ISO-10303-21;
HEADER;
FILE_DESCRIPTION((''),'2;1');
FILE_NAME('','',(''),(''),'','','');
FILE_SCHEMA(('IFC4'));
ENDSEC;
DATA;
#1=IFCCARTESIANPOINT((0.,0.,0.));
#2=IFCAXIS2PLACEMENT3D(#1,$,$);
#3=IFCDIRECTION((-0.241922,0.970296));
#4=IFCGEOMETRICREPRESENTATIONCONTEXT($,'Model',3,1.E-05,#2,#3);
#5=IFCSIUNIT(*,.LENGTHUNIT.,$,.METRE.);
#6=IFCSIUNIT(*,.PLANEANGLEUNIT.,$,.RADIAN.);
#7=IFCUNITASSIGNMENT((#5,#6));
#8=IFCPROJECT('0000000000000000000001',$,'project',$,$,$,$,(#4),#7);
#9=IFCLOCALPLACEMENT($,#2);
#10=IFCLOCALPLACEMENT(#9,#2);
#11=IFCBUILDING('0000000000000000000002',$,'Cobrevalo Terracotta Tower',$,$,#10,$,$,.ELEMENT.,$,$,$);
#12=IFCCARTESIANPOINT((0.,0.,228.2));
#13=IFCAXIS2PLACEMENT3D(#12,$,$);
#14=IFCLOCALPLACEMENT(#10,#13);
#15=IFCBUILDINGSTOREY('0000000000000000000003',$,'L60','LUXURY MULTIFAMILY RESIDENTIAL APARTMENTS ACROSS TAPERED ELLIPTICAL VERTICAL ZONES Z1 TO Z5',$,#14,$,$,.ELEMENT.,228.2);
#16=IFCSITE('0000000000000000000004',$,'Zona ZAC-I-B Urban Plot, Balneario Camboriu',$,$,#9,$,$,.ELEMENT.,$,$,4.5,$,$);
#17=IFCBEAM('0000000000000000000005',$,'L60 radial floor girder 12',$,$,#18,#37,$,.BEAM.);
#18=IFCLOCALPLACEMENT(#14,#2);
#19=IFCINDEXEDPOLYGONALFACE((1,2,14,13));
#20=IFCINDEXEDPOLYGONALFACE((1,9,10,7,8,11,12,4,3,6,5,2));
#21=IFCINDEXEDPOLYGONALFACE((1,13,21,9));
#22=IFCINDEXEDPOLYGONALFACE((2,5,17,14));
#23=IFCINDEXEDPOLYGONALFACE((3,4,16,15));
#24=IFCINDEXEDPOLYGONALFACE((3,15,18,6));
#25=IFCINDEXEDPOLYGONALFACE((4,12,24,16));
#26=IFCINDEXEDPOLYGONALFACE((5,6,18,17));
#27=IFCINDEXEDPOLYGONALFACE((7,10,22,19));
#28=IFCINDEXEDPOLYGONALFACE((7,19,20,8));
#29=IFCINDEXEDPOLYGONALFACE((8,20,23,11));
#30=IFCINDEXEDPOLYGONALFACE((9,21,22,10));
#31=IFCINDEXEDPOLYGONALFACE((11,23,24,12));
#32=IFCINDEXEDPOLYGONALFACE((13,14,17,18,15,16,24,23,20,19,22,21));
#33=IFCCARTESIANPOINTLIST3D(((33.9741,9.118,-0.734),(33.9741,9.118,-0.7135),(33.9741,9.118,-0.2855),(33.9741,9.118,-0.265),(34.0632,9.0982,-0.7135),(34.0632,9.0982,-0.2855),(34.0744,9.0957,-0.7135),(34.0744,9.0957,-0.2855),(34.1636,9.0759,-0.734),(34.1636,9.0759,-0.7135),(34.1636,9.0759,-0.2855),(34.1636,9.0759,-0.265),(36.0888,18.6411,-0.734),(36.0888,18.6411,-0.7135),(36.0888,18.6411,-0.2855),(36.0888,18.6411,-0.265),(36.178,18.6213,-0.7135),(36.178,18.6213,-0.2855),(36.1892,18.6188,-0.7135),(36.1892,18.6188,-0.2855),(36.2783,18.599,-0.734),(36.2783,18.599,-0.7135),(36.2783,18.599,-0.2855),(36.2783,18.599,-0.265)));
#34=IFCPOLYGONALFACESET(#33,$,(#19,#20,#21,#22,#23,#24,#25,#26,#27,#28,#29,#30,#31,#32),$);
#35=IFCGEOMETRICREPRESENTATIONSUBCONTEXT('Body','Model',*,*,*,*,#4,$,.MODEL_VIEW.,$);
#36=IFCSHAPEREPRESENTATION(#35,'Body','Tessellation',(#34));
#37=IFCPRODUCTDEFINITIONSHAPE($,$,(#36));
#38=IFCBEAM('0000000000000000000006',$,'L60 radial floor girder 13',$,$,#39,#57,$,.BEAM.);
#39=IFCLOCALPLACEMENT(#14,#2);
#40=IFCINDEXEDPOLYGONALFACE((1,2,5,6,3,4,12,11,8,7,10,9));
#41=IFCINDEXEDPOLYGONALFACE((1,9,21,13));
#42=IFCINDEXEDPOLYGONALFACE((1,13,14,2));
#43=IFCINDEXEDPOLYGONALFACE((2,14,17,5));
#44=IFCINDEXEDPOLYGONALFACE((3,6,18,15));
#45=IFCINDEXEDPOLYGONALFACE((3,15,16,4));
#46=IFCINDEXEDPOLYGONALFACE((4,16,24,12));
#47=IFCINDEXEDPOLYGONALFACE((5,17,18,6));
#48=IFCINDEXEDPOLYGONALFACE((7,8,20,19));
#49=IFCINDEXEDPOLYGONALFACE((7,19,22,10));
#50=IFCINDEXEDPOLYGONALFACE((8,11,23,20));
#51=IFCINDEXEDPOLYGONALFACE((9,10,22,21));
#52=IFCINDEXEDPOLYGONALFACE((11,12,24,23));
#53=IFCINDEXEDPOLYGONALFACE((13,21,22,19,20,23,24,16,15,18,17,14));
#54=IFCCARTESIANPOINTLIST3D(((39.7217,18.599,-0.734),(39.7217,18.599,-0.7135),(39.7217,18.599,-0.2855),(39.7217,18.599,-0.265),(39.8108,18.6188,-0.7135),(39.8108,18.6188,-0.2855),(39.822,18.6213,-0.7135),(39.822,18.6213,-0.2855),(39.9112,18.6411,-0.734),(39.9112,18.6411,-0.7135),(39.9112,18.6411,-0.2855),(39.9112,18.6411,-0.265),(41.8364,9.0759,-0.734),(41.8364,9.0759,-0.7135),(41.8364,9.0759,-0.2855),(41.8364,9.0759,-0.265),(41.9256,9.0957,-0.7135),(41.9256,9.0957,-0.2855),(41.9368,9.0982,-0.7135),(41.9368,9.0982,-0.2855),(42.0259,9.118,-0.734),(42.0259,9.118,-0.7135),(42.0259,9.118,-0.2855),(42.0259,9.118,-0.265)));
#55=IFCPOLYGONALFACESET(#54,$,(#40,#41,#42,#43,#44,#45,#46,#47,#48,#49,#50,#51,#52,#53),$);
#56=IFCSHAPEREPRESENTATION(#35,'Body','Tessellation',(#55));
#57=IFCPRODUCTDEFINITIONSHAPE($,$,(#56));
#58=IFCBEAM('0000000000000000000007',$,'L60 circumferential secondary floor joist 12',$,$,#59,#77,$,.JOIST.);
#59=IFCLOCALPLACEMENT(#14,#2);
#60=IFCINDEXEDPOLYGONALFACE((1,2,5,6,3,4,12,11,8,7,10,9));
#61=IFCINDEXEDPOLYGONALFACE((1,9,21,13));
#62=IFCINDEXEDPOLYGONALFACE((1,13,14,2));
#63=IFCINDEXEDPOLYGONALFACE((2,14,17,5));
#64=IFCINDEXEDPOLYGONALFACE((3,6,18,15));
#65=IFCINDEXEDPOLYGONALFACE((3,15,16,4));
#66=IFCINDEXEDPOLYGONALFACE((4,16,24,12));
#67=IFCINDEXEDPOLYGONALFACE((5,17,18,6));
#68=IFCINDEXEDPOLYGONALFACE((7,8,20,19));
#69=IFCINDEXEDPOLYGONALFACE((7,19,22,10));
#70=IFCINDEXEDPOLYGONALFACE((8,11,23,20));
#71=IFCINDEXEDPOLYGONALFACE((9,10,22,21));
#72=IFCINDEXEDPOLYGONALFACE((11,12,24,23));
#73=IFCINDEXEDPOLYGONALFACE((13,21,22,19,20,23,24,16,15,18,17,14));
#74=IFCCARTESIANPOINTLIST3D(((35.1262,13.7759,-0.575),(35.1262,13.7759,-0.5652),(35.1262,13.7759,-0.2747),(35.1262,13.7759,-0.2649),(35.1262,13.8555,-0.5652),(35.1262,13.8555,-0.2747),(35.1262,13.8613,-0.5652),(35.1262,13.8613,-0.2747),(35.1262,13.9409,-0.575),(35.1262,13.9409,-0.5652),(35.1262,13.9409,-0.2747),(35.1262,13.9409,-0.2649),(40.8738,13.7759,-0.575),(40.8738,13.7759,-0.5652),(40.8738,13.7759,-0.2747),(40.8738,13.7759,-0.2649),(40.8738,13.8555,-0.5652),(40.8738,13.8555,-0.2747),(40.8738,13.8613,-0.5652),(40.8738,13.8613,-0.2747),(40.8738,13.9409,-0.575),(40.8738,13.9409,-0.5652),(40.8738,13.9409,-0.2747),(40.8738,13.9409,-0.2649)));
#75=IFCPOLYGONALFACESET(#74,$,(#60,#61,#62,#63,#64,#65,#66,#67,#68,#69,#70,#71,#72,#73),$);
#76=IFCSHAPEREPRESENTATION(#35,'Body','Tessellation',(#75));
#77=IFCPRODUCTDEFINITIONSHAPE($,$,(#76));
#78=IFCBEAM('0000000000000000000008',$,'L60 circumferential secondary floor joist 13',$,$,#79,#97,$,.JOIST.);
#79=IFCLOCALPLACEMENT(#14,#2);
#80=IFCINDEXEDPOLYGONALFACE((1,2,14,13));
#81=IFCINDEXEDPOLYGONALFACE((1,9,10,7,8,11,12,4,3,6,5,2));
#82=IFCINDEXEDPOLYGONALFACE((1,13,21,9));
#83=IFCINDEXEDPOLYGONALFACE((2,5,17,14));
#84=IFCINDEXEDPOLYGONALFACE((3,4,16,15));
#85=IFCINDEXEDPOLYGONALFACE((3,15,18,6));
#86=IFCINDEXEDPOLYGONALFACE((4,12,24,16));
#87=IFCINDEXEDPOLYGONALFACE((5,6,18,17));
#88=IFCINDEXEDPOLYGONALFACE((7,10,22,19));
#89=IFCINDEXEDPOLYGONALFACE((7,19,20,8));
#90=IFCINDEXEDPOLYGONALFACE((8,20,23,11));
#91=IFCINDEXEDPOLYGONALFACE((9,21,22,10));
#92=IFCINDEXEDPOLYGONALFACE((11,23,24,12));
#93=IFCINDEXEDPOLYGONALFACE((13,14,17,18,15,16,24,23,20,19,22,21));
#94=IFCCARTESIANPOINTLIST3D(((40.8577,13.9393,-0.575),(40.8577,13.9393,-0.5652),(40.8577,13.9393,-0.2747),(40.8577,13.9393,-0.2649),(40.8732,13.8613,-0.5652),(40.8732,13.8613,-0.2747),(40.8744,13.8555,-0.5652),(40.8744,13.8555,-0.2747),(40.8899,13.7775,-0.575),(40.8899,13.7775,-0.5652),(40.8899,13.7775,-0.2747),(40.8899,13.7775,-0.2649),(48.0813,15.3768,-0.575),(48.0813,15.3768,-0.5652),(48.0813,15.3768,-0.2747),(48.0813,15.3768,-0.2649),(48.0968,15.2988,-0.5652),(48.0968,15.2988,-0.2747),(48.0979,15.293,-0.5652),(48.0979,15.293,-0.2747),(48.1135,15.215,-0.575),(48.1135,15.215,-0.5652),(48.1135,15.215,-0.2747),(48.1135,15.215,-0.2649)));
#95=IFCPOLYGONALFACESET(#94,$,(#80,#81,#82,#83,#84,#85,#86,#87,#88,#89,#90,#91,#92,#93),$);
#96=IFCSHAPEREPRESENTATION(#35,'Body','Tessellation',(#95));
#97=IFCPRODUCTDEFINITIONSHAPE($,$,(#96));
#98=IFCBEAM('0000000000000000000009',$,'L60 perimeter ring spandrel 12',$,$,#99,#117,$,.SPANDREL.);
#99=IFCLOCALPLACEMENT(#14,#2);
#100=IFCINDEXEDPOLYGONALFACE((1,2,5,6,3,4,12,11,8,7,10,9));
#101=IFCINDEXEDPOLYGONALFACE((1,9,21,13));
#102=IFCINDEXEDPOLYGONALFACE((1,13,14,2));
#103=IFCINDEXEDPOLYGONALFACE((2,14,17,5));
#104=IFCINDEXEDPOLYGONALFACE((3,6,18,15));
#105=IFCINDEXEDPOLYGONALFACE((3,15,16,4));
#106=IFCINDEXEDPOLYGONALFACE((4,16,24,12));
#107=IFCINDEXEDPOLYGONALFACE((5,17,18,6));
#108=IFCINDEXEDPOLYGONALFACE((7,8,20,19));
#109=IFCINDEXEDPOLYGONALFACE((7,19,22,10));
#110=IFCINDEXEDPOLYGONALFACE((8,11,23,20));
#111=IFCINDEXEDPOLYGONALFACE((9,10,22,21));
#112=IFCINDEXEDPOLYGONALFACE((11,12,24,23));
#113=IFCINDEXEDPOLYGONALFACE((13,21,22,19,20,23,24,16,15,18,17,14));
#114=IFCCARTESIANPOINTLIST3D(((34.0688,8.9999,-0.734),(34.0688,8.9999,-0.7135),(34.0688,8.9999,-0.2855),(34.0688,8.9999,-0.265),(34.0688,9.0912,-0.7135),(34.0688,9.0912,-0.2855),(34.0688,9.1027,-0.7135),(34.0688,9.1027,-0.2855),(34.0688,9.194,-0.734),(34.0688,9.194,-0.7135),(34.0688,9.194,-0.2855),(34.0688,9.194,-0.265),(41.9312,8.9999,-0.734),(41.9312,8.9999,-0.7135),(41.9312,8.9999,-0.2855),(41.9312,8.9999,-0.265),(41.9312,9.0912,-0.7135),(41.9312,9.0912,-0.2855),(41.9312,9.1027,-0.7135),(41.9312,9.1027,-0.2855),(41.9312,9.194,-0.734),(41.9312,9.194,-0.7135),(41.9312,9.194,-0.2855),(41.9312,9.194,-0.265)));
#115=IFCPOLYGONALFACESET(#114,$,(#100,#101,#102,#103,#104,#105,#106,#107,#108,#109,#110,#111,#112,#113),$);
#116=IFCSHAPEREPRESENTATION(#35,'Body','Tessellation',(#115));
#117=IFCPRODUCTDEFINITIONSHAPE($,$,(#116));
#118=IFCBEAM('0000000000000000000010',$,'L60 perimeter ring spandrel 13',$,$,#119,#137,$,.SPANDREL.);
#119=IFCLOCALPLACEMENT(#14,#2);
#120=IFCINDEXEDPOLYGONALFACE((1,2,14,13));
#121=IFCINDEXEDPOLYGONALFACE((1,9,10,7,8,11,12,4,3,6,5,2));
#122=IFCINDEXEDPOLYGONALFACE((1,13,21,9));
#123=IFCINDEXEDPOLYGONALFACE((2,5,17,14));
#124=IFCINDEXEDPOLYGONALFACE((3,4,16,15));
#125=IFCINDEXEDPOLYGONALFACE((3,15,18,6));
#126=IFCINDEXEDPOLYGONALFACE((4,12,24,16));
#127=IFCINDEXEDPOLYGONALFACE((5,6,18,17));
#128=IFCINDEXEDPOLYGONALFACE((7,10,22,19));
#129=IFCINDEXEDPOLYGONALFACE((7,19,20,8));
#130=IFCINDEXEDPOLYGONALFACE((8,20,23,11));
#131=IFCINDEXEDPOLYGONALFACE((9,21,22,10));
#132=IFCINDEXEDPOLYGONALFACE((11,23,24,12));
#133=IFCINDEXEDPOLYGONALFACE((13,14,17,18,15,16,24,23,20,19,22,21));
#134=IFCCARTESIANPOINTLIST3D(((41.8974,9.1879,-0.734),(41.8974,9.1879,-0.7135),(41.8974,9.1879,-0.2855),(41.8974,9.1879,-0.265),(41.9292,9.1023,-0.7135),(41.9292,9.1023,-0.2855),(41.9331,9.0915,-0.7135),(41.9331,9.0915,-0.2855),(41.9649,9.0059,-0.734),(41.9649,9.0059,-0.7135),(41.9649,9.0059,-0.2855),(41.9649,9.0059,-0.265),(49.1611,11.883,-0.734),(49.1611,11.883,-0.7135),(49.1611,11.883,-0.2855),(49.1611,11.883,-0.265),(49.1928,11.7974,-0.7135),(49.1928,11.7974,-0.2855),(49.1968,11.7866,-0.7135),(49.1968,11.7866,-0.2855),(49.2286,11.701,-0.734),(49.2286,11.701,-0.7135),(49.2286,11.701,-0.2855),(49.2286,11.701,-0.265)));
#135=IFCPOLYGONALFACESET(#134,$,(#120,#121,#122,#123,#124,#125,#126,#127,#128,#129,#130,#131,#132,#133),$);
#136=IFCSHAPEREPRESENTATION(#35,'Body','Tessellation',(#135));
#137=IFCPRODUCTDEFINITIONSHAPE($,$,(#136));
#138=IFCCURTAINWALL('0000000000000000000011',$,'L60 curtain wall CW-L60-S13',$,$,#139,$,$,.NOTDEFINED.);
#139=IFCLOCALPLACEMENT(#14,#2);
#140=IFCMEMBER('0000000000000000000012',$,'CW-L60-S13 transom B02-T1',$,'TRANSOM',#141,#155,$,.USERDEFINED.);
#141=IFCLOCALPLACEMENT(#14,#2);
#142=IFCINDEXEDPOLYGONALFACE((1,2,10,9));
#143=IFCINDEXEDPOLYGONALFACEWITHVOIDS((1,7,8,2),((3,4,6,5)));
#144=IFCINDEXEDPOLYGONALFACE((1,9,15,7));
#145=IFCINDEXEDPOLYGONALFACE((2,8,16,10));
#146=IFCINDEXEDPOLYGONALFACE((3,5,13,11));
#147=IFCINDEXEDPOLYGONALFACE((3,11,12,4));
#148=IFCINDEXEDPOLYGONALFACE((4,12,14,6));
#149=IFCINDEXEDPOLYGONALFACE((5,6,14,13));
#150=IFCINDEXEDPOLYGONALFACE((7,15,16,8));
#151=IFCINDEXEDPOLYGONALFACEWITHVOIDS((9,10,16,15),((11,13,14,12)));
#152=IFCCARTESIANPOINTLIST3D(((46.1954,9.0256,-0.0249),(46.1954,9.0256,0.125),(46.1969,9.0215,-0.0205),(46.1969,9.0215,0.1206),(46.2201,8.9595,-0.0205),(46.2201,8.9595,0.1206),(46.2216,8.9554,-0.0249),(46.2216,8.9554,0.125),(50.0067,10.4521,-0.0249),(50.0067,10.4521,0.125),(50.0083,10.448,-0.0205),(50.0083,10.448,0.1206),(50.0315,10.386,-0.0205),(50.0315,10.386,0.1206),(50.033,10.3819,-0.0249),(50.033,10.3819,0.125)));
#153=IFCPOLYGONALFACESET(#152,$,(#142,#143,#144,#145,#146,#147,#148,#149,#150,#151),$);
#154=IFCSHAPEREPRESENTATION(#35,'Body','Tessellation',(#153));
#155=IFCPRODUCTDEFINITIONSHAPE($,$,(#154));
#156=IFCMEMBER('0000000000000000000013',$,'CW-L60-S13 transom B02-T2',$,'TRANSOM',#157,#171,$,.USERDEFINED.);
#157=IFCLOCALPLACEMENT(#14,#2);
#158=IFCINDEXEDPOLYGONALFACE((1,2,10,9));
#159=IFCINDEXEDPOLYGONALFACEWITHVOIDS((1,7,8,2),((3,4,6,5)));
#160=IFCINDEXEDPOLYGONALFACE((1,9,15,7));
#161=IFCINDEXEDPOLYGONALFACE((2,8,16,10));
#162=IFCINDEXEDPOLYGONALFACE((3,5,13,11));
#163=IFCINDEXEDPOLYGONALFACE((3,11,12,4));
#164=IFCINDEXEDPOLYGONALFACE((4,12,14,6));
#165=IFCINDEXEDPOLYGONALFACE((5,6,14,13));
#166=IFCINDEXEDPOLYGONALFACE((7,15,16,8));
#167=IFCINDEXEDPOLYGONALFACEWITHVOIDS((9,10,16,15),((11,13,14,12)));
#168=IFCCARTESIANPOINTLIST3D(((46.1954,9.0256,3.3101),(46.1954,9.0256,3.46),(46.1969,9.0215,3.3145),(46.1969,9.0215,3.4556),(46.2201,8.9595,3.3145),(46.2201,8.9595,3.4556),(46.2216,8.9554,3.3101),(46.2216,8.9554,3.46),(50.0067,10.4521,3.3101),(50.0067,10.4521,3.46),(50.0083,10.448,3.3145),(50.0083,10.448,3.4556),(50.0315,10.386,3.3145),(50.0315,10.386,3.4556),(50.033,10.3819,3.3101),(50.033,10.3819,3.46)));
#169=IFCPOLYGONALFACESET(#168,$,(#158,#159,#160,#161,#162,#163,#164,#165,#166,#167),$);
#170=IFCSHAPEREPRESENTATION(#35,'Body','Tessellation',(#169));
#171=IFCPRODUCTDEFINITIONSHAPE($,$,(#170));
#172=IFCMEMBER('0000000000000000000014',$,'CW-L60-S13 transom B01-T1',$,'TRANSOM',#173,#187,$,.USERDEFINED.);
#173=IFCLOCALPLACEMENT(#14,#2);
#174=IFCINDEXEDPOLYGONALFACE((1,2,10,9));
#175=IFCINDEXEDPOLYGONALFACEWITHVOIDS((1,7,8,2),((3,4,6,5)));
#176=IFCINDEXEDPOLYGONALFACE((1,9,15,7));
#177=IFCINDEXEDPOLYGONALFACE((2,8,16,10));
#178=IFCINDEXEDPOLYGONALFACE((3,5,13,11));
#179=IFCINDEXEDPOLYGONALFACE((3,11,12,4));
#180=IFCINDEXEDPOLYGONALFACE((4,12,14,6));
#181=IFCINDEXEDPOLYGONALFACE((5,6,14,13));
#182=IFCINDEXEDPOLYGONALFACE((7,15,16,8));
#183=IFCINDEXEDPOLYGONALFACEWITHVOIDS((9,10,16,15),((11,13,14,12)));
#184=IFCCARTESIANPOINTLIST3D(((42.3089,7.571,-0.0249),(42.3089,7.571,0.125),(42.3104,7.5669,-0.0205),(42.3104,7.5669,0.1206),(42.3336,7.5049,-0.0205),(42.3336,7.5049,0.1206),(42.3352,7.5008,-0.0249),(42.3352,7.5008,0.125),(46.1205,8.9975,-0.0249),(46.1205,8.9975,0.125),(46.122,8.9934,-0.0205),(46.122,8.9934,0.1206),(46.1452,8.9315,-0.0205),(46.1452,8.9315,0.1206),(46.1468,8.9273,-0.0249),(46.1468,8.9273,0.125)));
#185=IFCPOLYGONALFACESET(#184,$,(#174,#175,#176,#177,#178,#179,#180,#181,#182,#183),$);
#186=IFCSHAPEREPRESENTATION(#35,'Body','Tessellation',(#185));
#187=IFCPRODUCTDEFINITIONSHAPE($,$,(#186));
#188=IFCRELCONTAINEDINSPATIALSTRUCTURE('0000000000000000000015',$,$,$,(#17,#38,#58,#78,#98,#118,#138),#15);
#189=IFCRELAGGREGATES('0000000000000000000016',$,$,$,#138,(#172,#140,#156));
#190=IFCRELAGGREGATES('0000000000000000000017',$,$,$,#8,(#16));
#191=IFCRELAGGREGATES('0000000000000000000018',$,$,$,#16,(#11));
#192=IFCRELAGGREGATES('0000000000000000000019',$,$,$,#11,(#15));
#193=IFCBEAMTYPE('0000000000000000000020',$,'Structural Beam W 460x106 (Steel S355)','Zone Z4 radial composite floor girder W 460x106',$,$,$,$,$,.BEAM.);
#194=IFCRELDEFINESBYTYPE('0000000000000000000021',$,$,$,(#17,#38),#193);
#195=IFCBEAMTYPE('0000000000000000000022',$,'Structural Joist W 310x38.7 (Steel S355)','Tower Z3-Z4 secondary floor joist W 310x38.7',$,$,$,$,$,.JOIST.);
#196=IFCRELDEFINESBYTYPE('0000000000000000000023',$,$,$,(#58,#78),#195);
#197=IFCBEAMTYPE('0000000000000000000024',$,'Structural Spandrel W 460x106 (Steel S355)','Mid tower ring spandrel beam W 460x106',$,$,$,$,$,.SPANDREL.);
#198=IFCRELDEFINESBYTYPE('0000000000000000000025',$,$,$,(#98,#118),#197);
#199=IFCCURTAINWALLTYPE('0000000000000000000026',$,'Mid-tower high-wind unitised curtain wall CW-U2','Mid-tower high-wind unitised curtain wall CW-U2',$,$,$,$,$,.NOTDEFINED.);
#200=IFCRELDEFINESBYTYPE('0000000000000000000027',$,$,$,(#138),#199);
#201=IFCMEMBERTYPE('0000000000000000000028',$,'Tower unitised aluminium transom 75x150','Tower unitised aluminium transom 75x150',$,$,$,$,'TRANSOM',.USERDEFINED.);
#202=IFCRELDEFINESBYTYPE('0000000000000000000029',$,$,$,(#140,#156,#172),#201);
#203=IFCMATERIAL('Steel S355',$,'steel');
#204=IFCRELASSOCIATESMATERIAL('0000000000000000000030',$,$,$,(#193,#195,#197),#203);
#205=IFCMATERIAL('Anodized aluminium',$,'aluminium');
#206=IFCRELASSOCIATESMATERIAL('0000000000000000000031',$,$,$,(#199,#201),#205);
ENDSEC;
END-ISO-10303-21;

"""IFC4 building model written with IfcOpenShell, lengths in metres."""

from ifc_helpers import new_model, si_unit, direction, frame, origin, origin_2d, place, context, subcontext, project, spatial, hollow_rectangle, i_section, extrude, source, transform, mapped, material, material_profile, profile_set, type_object, element, aggregate, save


model = new_model("IFC4")

# Units and contexts
model_context = context("Model", 3, precision=1e-05, world=origin(), true_north=direction((-0.241922, 0.970296)))
body_context = subcontext(model_context, "Body", "Model", "MODEL_VIEW")
ifc_project = project(units=[si_unit("LENGTHUNIT", "METRE"), si_unit("PLANEANGLEUNIT", "RADIAN")], contexts=[model_context])

# Site, building, storey
site_placement = place(None, origin())
site = spatial("IfcSite", under=ifc_project, at=site_placement, Name="Zona ZAC-I-B Urban Plot, Balneario Camboriu", CompositionType="ELEMENT", RefElevation=4.5)
building_placement = place(site_placement, origin())
building = spatial("IfcBuilding", under=site, at=building_placement, Name="Cobrevalo Terracotta Tower", CompositionType="ELEMENT")
storey_placement = place(building_placement, frame((0.0, 0.0, 228.2)))
storey = spatial("IfcBuildingStorey", under=building, at=storey_placement, Name="L60", Description="LUXURY MULTIFAMILY RESIDENTIAL APARTMENTS ACROSS TAPERED ELLIPTICAL VERTICAL ZONES Z1 TO Z5", CompositionType="ELEMENT", Elevation=228.2)

# Shared definitions
ifc_material_1 = material(Name="Steel S355", Category="steel")

# Beams
ifc_material_profile_1 = material_profile(ifc_material_1, i_section(OverallWidth=0.1941, OverallDepth=0.469, WebThickness=0.0115, FlangeThickness=0.0205, at=origin_2d()), Name="W 460x106")
ifc_profile_set_1 = profile_set([ifc_material_profile_1], Name="Steel S355")
beam_type_1 = type_object("IfcBeamType", Name="Structural Beam W 460x106 (Steel S355)", Description="Zone Z4 radial composite floor girder W 460x106", PredefinedType="BEAM", material=ifc_profile_set_1)
for number, where, z_axis, x_axis, name in (
    (1, (34.0688, 9.0969, -0.4995), (0.216782, 0.97622, 0.0), (-0.97622, 0.216782, 0.0), "L60 radial floor girder 12"),
    (2, (41.9312, 9.0969, -0.4995), (-0.216782, 0.97622, 0.0), (-0.97622, -0.216782, 0.0), "L60 radial floor girder 13"),
):
    element("IfcBeam", number, at=place(storey_placement, frame(where, z_axis=z_axis, x_axis=x_axis)), inside=storey, type_object=beam_type_1, Name=name, PredefinedType="BEAM", context=body_context, shape_type="SweptSolid", body=[
        extrude(i_section(OverallWidth=0.1941, OverallDepth=0.469, WebThickness=0.0115, FlangeThickness=0.0205, at=origin_2d()), origin(), (0.0, 0.0, 1.0), 9.7551),
    ])
ifc_material_profile_2 = material_profile(ifc_material_1, i_section(OverallWidth=0.165, OverallDepth=0.3101, WebThickness=0.0059, FlangeThickness=0.0098, at=origin_2d()), Name="W 310x38.7")
ifc_profile_set_2 = profile_set([ifc_material_profile_2], Name="Steel S355")
beam_type_2 = type_object("IfcBeamType", Name="Structural Joist W 310x38.7 (Steel S355)", Description="Tower Z3-Z4 secondary floor joist W 310x38.7", PredefinedType="JOIST", material=ifc_profile_set_2)
beam_1_placement = place(storey_placement, frame((35.1262, 13.8584, -0.4199), z_axis=(1.0, 0.0, 0.0), x_axis=(0.0, 1.0, 0.0)))
element("IfcBeam", 3, at=beam_1_placement, inside=storey, type_object=beam_type_2, Name="L60 circumferential secondary floor joist 12", PredefinedType="JOIST", context=body_context, shape_type="SweptSolid", body=[
    extrude(i_section(OverallWidth=0.165, OverallDepth=0.3101, WebThickness=0.0059, FlangeThickness=0.0098, at=origin_2d()), origin(), (0.0, 0.0, 1.0), 5.7476),
])
beam_2_placement = place(storey_placement, frame((40.8738, 13.8584, -0.4199), z_axis=(0.980769, 0.195173, 0.0), x_axis=(-0.195173, 0.980769, 0.0)))
element("IfcBeam", 4, at=beam_2_placement, inside=storey, type_object=beam_type_2, Name="L60 circumferential secondary floor joist 13", PredefinedType="JOIST", context=body_context, shape_type="SweptSolid", body=[
    extrude(i_section(OverallWidth=0.165, OverallDepth=0.3101, WebThickness=0.0059, FlangeThickness=0.0098, at=origin_2d()), origin(), (0.0, 0.0, 1.0), 7.3652),
])
ifc_material_profile_3 = material_profile(ifc_material_1, i_section(OverallWidth=0.1941, OverallDepth=0.469, WebThickness=0.0115, FlangeThickness=0.0205, at=origin_2d()), Name="W 460x106")
ifc_profile_set_3 = profile_set([ifc_material_profile_3], Name="Steel S355")
beam_type_3 = type_object("IfcBeamType", Name="Structural Spandrel W 460x106 (Steel S355)", Description="Mid tower ring spandrel beam W 460x106", PredefinedType="SPANDREL", material=ifc_profile_set_3)
beam_3_placement = place(storey_placement, frame((34.0688, 9.0969, -0.4995), z_axis=(1.0, 0.0, 0.0), x_axis=(0.0, 1.0, 0.0)))
element("IfcBeam", 5, at=beam_3_placement, inside=storey, type_object=beam_type_3, Name="L60 perimeter ring spandrel 12", PredefinedType="SPANDREL", context=body_context, shape_type="SweptSolid", body=[
    extrude(i_section(OverallWidth=0.1941, OverallDepth=0.469, WebThickness=0.0115, FlangeThickness=0.0205, at=origin_2d()), origin(), (0.0, 0.0, 1.0), 7.8623),
])
beam_4_placement = place(storey_placement, frame((41.9312, 9.0969, -0.4995), z_axis=(0.937546, 0.347861, 0.0), x_axis=(-0.347861, 0.937546, 0.0)))
element("IfcBeam", 6, at=beam_4_placement, inside=storey, type_object=beam_type_3, Name="L60 perimeter ring spandrel 13", PredefinedType="SPANDREL", context=body_context, shape_type="SweptSolid", body=[
    extrude(i_section(OverallWidth=0.1941, OverallDepth=0.469, WebThickness=0.0115, FlangeThickness=0.0205, at=origin_2d()), origin(), (0.0, 0.0, 1.0), 7.7476),
])

# Curtain wall, members
ifc_material_2 = material(Name="Anodized aluminium", Category="aluminium")
curtain_wall_type = type_object("IfcCurtainWallType", Name="Mid-tower high-wind unitised curtain wall CW-U2", Description="Mid-tower high-wind unitised curtain wall CW-U2", PredefinedType="NOTDEFINED", material=ifc_material_2)
curtain_wall_placement = place(storey_placement, origin())
curtain_wall = element("IfcCurtainWall", 7, at=curtain_wall_placement, inside=storey, type_object=curtain_wall_type, Name="L60 curtain wall CW-L60-S13", PredefinedType="NOTDEFINED")
ifc_material_profile_4 = material_profile(ifc_material_2, hollow_rectangle(XDim=0.075, YDim=0.1499, WallThickness=0.0044, at=origin_2d()), Name="CWT 75x150")
ifc_profile_set_4 = profile_set([ifc_material_profile_4], Name="Anodized aluminium")
member_type_1 = type_object("IfcMemberType", Name="Tower unitised aluminium transom 75x150", Description="Tower unitised aluminium transom 75x150", ElementType="TRANSOM", PredefinedType="USERDEFINED", material=ifc_profile_set_4)
shared_shape_1 = source(origin(), body_context, "Body", "SweptSolid", [
    extrude(hollow_rectangle(XDim=0.075, YDim=0.1499, WallThickness=0.0044, at=origin_2d()), origin(), (0.0, 0.0, 1.0), 4.0696),
])
member_1_placement = place(storey_placement, frame((46.2085, 8.9905, 0.05), z_axis=(0.936548, 0.350538, 0.0), x_axis=(-0.350538, 0.936548, 0.0)))
member_1 = element("IfcMember", 8, at=member_1_placement, type_object=member_type_1, Name="CW-L60-S13 transom B02-T1", ObjectType="TRANSOM", PredefinedType="USERDEFINED", context=body_context, shape_type="MappedRepresentation", body=[
    mapped(shared_shape_1, transform((0.0, 0.0, 0.0), scale=1.0)),
])
member_2_placement = place(storey_placement, frame((46.2085, 8.9905, 3.385), z_axis=(0.936548, 0.350538, 0.0), x_axis=(-0.350538, 0.936548, 0.0)))
member_2 = element("IfcMember", 9, at=member_2_placement, type_object=member_type_1, Name="CW-L60-S13 transom B02-T2", ObjectType="TRANSOM", PredefinedType="USERDEFINED", context=body_context, shape_type="MappedRepresentation", body=[
    mapped(shared_shape_1, transform((0.0, 0.0, 0.0), scale=1.0)),
])
shared_shape_2 = source(origin(), body_context, "Body", "SweptSolid", [
    extrude(hollow_rectangle(XDim=0.075, YDim=0.1499, WallThickness=0.0044, at=origin_2d()), origin(), (0.0, 0.0, 1.0), 4.0698),
])
member_3_placement = place(storey_placement, frame((42.322, 7.5359, 0.05), z_axis=(0.936556, 0.350519, 0.0), x_axis=(-0.350519, 0.936556, 0.0)))
member_3 = element("IfcMember", 10, at=member_3_placement, type_object=member_type_1, Name="CW-L60-S13 transom B01-T1", ObjectType="TRANSOM", PredefinedType="USERDEFINED", context=body_context, shape_type="MappedRepresentation", body=[
    mapped(shared_shape_2, transform((0.0, 0.0, 0.0), scale=1.0)),
])
aggregate(curtain_wall, [member_3, member_1, member_2])

save(model, "model.ifc")
